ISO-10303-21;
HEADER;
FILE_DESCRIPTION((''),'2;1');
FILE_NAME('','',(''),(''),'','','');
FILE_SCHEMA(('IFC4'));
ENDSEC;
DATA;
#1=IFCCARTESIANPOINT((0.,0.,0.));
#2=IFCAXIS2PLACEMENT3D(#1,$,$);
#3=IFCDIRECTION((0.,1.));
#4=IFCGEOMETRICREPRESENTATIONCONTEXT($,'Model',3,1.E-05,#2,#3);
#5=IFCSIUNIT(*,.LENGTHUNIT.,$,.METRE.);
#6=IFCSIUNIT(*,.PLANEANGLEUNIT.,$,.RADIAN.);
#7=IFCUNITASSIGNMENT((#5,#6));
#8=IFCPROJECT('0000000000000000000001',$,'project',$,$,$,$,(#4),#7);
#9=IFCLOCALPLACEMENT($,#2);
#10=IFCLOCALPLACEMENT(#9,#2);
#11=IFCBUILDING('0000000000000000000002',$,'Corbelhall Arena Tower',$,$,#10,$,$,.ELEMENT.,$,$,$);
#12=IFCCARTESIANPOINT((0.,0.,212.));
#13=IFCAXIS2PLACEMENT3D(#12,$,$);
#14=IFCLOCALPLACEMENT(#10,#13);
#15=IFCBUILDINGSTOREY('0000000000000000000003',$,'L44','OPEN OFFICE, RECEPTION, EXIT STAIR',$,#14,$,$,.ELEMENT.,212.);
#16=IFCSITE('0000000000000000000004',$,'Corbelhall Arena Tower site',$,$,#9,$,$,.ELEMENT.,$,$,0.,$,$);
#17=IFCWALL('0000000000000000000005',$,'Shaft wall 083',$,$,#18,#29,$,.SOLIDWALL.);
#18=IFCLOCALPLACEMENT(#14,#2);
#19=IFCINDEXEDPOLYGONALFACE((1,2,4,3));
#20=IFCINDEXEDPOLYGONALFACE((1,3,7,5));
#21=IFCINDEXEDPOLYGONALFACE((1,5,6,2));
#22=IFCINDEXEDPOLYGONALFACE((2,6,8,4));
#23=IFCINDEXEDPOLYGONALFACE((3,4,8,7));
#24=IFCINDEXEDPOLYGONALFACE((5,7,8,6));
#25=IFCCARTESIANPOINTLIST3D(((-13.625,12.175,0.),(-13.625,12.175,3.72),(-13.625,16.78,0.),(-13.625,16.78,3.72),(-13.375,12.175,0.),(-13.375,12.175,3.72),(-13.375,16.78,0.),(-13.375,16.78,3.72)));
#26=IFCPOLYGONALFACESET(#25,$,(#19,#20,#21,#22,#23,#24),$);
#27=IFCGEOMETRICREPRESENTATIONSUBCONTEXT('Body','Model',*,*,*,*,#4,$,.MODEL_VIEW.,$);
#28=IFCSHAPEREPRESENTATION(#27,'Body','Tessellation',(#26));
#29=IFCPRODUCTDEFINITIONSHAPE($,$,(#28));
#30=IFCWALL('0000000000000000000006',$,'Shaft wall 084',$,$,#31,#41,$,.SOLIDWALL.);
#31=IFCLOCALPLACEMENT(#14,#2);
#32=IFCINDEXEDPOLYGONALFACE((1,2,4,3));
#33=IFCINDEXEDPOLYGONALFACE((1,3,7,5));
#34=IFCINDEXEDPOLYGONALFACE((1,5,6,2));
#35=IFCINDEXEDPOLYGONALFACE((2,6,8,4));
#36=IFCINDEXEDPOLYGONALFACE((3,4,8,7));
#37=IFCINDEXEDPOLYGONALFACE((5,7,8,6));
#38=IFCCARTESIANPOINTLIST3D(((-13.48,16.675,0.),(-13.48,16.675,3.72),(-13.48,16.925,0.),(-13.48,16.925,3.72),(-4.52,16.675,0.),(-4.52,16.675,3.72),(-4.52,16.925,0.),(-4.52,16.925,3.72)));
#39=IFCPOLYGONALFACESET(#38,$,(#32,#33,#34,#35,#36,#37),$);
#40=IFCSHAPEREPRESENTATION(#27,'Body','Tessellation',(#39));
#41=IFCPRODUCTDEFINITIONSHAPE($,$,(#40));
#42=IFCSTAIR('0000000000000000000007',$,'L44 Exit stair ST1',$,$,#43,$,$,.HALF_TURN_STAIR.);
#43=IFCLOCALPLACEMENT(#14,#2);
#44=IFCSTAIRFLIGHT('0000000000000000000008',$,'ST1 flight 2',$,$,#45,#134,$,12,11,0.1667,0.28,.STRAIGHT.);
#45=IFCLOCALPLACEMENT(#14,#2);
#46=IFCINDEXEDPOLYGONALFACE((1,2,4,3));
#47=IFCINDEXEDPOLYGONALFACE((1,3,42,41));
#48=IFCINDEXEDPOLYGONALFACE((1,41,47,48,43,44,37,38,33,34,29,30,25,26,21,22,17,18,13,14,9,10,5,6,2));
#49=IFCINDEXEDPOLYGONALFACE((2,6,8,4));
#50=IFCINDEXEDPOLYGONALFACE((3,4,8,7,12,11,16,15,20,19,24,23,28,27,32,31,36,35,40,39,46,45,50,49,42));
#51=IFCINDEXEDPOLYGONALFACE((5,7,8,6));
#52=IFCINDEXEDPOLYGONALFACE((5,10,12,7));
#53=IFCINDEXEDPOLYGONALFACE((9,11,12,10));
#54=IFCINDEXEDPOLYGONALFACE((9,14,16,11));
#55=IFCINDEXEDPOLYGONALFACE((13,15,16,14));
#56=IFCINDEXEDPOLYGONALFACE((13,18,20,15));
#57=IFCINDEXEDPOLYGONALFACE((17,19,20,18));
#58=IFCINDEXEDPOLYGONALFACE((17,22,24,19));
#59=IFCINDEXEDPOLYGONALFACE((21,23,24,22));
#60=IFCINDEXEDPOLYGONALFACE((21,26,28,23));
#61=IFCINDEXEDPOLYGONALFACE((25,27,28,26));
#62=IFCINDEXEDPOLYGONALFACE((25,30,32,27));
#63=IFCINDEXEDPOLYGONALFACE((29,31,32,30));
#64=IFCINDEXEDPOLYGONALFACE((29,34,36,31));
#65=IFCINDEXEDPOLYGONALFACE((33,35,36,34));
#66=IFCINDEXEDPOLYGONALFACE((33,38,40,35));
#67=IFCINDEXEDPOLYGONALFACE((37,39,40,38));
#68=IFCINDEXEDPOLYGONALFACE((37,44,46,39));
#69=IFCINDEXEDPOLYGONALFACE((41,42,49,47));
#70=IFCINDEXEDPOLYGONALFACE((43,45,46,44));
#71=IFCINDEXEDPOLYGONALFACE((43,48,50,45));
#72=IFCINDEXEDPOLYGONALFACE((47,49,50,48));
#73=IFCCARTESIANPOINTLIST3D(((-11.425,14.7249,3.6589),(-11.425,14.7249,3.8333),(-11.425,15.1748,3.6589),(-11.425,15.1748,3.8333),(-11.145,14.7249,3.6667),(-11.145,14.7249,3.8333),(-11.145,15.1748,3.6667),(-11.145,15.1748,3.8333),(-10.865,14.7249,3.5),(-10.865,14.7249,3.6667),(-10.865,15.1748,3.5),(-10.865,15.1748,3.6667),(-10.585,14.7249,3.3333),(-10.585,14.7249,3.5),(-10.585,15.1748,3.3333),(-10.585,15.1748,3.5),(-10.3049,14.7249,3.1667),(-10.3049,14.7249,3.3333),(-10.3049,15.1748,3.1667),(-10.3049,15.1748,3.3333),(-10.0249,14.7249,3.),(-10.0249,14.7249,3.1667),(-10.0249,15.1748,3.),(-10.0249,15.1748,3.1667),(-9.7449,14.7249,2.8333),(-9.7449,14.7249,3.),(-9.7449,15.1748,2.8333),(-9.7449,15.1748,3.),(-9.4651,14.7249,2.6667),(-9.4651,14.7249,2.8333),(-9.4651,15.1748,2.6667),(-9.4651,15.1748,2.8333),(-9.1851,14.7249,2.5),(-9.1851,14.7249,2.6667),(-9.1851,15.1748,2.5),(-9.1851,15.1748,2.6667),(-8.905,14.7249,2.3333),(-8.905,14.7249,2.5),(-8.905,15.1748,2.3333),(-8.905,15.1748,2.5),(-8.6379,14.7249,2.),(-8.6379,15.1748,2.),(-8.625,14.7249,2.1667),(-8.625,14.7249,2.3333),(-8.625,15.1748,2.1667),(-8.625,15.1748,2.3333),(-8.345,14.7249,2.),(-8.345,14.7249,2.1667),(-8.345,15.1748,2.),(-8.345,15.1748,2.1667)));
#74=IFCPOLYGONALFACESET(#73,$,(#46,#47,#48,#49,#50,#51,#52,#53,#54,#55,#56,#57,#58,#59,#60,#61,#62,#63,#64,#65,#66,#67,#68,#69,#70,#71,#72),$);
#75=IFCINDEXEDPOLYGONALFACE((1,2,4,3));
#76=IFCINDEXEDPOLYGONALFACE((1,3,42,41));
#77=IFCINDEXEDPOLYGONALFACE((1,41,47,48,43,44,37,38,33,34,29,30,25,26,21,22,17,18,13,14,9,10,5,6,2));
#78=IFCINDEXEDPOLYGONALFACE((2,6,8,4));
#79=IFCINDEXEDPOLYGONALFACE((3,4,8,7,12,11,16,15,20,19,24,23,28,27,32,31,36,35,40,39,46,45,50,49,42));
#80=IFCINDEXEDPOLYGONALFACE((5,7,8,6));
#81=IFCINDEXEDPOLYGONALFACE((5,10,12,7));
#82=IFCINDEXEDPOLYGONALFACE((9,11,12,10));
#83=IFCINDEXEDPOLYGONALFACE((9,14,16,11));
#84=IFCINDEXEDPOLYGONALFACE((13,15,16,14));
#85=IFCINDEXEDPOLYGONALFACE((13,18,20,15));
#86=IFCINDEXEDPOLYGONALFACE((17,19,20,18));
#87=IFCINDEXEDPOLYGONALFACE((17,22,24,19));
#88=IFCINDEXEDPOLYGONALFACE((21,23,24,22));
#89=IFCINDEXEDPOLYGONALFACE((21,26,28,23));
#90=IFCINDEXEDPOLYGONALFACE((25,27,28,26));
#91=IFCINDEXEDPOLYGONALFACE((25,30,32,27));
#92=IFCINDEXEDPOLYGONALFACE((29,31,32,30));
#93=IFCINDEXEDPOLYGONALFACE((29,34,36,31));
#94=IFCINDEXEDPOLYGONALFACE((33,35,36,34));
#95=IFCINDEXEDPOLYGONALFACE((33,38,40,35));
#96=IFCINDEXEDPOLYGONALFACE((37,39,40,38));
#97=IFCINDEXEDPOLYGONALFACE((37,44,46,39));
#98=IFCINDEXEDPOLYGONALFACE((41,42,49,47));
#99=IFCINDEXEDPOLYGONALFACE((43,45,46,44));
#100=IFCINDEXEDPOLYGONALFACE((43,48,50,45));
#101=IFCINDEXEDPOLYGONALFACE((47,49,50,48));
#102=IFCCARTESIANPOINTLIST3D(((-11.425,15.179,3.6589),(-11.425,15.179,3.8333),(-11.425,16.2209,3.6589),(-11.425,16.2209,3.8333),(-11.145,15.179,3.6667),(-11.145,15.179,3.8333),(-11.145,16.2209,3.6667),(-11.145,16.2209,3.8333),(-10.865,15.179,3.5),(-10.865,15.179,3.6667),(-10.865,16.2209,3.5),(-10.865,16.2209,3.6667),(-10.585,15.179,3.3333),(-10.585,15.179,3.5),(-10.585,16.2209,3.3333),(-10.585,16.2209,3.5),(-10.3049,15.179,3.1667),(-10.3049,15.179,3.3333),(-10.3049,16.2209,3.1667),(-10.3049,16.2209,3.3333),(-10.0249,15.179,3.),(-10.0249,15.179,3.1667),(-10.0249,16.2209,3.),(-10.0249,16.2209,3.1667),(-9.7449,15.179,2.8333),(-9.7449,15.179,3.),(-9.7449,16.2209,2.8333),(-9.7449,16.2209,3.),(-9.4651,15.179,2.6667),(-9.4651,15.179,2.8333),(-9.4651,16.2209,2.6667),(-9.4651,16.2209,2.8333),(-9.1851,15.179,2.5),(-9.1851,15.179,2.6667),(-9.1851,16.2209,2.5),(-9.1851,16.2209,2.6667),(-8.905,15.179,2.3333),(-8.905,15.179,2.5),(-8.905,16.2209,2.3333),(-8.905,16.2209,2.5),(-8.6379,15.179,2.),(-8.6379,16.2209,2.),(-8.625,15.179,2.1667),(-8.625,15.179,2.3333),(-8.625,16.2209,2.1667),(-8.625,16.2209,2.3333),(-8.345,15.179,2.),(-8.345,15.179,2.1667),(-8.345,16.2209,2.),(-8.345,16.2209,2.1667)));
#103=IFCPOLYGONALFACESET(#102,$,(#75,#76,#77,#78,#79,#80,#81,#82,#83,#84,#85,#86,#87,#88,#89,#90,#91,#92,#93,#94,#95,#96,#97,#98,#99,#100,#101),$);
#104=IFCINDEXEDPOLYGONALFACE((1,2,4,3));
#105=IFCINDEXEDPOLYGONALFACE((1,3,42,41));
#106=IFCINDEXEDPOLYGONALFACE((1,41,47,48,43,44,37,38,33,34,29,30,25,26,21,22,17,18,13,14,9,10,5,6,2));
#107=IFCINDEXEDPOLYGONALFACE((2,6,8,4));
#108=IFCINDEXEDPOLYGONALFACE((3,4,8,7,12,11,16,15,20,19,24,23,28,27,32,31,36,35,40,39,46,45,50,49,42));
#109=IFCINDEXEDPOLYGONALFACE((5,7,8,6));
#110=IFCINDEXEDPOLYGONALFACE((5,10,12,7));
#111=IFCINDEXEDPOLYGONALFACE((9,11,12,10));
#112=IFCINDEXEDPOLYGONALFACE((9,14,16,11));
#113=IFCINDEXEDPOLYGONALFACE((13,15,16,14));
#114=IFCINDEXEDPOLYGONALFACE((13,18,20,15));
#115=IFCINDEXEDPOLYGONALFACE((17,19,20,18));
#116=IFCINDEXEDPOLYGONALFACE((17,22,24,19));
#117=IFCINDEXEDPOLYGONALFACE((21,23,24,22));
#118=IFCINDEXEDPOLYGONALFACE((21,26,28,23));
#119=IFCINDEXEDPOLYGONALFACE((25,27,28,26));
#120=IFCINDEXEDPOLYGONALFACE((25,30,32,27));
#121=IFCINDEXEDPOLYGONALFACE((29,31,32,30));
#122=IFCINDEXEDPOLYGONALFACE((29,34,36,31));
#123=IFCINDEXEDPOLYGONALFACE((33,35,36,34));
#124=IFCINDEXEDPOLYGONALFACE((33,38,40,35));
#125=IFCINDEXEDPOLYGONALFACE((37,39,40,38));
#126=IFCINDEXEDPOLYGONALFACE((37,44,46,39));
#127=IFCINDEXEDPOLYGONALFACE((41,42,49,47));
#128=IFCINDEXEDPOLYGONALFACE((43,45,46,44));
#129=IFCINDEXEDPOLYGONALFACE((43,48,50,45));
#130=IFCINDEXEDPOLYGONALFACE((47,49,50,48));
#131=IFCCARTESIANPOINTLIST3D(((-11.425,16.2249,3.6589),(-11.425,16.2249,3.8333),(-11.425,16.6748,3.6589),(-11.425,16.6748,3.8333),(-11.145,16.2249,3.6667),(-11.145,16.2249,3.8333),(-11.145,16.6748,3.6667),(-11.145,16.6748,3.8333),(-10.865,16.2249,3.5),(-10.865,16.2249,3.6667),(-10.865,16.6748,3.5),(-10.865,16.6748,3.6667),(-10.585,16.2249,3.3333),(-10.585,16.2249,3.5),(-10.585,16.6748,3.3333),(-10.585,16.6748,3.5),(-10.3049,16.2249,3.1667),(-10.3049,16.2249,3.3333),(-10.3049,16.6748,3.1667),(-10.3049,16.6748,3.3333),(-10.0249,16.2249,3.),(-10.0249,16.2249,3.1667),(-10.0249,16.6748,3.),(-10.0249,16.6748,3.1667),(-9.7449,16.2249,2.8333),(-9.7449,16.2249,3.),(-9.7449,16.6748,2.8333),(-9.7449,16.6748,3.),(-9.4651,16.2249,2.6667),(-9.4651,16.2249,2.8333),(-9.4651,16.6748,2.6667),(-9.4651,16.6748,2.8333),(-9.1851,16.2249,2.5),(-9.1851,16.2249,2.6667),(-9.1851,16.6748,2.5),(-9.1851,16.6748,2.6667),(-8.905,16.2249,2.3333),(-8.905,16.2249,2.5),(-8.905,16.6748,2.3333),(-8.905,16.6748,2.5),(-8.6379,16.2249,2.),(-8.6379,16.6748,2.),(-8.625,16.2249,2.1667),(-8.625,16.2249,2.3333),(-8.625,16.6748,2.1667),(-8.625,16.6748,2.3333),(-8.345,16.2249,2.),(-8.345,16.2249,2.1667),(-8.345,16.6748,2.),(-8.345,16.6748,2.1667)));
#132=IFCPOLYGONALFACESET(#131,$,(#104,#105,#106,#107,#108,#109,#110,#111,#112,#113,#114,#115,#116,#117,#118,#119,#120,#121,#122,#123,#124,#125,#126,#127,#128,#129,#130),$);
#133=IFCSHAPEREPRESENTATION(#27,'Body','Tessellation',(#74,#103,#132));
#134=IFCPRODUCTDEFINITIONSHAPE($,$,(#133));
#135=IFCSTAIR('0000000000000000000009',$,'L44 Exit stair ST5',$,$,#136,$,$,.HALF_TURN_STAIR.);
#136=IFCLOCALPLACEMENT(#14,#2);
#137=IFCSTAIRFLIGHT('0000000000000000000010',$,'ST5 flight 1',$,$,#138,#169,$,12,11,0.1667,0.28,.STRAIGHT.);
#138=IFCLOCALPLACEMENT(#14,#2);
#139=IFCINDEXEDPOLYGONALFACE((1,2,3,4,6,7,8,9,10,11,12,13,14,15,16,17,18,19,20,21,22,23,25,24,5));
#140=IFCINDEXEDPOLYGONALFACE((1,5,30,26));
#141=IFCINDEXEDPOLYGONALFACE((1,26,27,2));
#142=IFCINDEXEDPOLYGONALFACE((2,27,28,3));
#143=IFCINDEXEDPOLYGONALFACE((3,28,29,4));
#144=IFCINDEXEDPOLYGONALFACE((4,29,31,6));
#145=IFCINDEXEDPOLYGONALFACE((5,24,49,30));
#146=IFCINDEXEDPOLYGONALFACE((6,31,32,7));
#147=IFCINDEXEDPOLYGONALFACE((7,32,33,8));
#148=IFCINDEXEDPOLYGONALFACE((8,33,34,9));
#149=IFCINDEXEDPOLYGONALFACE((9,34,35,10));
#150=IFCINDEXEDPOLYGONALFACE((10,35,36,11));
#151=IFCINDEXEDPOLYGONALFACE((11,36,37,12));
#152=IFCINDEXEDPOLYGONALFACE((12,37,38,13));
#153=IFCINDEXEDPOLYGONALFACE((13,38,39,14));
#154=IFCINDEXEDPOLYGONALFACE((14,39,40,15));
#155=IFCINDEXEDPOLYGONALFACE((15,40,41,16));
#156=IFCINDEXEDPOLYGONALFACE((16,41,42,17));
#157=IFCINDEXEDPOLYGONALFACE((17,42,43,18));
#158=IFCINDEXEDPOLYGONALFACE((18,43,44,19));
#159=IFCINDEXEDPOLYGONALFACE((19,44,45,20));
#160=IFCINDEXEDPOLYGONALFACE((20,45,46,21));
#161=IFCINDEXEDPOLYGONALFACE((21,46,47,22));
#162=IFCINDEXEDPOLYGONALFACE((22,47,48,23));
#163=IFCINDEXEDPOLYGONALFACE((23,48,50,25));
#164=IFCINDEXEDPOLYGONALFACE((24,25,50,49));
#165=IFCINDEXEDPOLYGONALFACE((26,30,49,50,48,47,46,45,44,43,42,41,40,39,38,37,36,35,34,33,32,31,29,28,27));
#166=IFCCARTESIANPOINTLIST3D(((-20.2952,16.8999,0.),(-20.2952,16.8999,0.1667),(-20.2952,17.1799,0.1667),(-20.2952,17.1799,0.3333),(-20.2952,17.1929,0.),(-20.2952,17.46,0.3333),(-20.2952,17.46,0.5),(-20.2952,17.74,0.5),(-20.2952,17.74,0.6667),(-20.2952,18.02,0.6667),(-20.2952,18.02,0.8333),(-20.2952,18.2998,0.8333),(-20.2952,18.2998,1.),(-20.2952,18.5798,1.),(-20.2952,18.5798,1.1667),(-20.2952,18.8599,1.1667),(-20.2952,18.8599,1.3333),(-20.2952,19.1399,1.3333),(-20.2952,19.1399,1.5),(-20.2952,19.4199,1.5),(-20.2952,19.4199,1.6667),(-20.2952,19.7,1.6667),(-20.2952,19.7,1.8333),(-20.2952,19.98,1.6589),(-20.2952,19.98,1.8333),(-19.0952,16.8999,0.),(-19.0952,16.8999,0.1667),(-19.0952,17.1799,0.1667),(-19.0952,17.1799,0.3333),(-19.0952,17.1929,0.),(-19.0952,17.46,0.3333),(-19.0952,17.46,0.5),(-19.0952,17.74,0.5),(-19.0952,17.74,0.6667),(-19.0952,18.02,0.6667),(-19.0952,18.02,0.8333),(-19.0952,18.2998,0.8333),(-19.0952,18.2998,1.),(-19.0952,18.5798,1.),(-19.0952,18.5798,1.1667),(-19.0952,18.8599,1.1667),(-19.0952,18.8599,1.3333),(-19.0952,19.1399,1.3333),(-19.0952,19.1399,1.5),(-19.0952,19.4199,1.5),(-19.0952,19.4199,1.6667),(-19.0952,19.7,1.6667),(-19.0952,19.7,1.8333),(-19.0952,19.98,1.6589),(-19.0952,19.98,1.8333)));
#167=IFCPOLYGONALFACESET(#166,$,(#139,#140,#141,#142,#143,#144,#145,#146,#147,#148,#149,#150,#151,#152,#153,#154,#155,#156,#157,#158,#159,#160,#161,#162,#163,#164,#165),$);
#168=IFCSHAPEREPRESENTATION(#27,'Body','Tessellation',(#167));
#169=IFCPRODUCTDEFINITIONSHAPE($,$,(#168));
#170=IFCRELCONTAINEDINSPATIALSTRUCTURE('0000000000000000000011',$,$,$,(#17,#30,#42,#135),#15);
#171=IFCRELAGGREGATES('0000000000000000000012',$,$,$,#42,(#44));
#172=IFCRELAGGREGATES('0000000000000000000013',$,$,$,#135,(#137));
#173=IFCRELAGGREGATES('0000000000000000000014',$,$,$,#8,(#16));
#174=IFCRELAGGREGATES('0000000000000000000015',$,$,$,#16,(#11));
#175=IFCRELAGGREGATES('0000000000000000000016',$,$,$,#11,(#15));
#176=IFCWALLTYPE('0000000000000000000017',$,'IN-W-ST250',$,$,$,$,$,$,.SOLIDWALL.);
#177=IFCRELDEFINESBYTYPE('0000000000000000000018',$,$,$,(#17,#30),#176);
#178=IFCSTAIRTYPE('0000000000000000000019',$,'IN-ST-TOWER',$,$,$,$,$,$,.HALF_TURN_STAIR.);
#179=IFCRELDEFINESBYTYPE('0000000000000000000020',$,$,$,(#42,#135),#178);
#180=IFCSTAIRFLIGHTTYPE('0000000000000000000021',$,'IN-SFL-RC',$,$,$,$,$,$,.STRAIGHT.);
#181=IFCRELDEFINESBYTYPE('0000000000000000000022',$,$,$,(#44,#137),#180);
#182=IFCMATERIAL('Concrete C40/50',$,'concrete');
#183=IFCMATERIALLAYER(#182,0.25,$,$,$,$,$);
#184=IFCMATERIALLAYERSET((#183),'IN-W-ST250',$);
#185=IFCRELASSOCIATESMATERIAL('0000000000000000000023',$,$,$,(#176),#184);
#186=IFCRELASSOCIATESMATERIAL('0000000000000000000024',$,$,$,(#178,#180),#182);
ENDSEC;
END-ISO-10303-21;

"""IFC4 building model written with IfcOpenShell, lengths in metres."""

from ifc_helpers import new_model, si_unit, direction, frame, frame_2d, origin, place, context, subcontext, project, spatial, polyline, rectangle, outline, extrude, material, layer, layer_set, type_object, element, aggregate, save


model = new_model("IFC4")

# Units and contexts
model_context = context("Model", 3, precision=1e-05, world=origin(), true_north=direction((0.0, 1.0)))
body_context = subcontext(model_context, "Body", "Model", "MODEL_VIEW")
ifc_project = project(units=[si_unit("LENGTHUNIT", "METRE"), si_unit("PLANEANGLEUNIT", "RADIAN")], contexts=[model_context])

# Site, building, storey
site_placement = place(None, origin())
site = spatial("IfcSite", under=ifc_project, at=site_placement, Name="Corbelhall Arena Tower site", CompositionType="ELEMENT", RefElevation=0.0)
building_placement = place(site_placement, origin())
building = spatial("IfcBuilding", under=site, at=building_placement, Name="Corbelhall Arena Tower", CompositionType="ELEMENT")
storey_placement = place(building_placement, frame((0.0, 0.0, 212.0)))
storey = spatial("IfcBuildingStorey", under=building, at=storey_placement, Name="L44", Description="OPEN OFFICE, RECEPTION, EXIT STAIR", CompositionType="ELEMENT", Elevation=212.0)

# Shared definitions
ifc_material_1 = material(Name="Concrete C40/50", Category="concrete")

# Walls
ifc_layer_1 = layer(ifc_material_1, 0.25)
ifc_layer_set_1 = layer_set([ifc_layer_1], Name="IN-W-ST250")
wall_type_1 = type_object("IfcWallType", Name="IN-W-ST250", PredefinedType="SOLIDWALL", material=ifc_layer_set_1)
wall_1_placement = place(storey_placement, frame((-13.5, 16.78, 0.0), z_axis=(0.0, 0.0, 1.0), x_axis=(0.0, -1.0, 0.0)))
element("IfcWall", 1, at=wall_1_placement, inside=storey, type_object=wall_type_1, Name="Shaft wall 083", PredefinedType="SOLIDWALL", context=body_context, shape_type="SweptSolid", body=[
    extrude(rectangle(XDim=4.605, YDim=0.25, at=frame_2d((2.3025, 0.0))), origin(), (0.0, 0.0, 1.0), 3.72),
])
wall_2_placement = place(storey_placement, frame((-13.48, 16.8, 0.0), z_axis=(0.0, 0.0, 1.0), x_axis=(1.0, 0.0, 0.0)))
element("IfcWall", 2, at=wall_2_placement, inside=storey, type_object=wall_type_1, Name="Shaft wall 084", PredefinedType="SOLIDWALL", context=body_context, shape_type="SweptSolid", body=[
    extrude(rectangle(XDim=8.96, YDim=0.25, at=frame_2d((4.48, 0.0))), origin(), (0.0, 0.0, 1.0), 3.72),
])

# Stair, stair flight
stair_type = type_object("IfcStairType", Name="IN-ST-TOWER", PredefinedType="HALF_TURN_STAIR", material=ifc_material_1)
stair_1_placement = place(storey_placement, origin())
stair_1 = element("IfcStair", 3, at=stair_1_placement, inside=storey, type_object=stair_type, Name="L44 Exit stair ST1", PredefinedType="HALF_TURN_STAIR")
stair_flight_type = type_object("IfcStairFlightType", Name="IN-SFL-RC", PredefinedType="STRAIGHT", material=ifc_material_1)
stair_flight_1_placement = place(storey_placement, frame((-8.345, 15.7, 2.0), z_axis=(0.0, 0.0, 1.0), x_axis=(-1.0, 0.0, 0.0)))
stair_flight_1 = element("IfcStairFlight", 4, at=stair_flight_1_placement, type_object=stair_flight_type, Name="ST1 flight 2", NumberOfRisers=12, NumberOfTreads=11, PredefinedType="STRAIGHT", RiserHeight=0.1667, TreadLength=0.28, context=body_context, shape_type="SweptSolid", body=[
    extrude(outline(polyline([(0.0, 0.0), (0.0, 0.1667), (0.28, 0.1667), (0.28, 0.3333), (0.5601, 0.3333), (0.5601, 0.5), (0.8401, 0.5), (0.8401, 0.6667), (1.1201, 0.6667), (1.1201, 0.8333), (1.3999, 0.8333), (1.3999, 1.0), (1.6799, 1.0), (1.6799, 1.1667), (1.96, 1.1667), (1.96, 1.3333), (2.24, 1.3333), (2.24, 1.5), (2.52, 1.5), (2.52, 1.6667), (2.8, 1.6667), (2.8, 1.8333), (3.0801, 1.8333), (3.0801, 2.0), (3.0801, 1.6589), (0.293, 0.0), (0.0, 0.0)])), frame((0.0, 0.9751, 0.0), z_axis=(0.0, -1.0, 0.0), x_axis=(1.0, 0.0, 0.0)), (0.0, 0.0, 1.0), 0.45),
    extrude(outline(polyline([(0.0, 0.0), (0.0, 0.1667), (0.28, 0.1667), (0.28, 0.3333), (0.5601, 0.3333), (0.5601, 0.5), (0.8401, 0.5), (0.8401, 0.6667), (1.1201, 0.6667), (1.1201, 0.8333), (1.3999, 0.8333), (1.3999, 1.0), (1.6799, 1.0), (1.6799, 1.1667), (1.96, 1.1667), (1.96, 1.3333), (2.24, 1.3333), (2.24, 1.5), (2.52, 1.5), (2.52, 1.6667), (2.8, 1.6667), (2.8, 1.8333), (3.0801, 1.8333), (3.0801, 2.0), (3.0801, 1.6589), (0.293, 0.0), (0.0, 0.0)])), frame((0.0, 0.521, 0.0), z_axis=(0.0, -1.0, 0.0), x_axis=(1.0, 0.0, 0.0)), (0.0, 0.0, 1.0), 1.042),
    extrude(outline(polyline([(0.0, 0.0), (0.0, 0.1667), (0.28, 0.1667), (0.28, 0.3333), (0.5601, 0.3333), (0.5601, 0.5), (0.8401, 0.5), (0.8401, 0.6667), (1.1201, 0.6667), (1.1201, 0.8333), (1.3999, 0.8333), (1.3999, 1.0), (1.6799, 1.0), (1.6799, 1.1667), (1.96, 1.1667), (1.96, 1.3333), (2.24, 1.3333), (2.24, 1.5), (2.52, 1.5), (2.52, 1.6667), (2.8, 1.6667), (2.8, 1.8333), (3.0801, 1.8333), (3.0801, 2.0), (3.0801, 1.6589), (0.293, 0.0), (0.0, 0.0)])), frame((0.0, -0.5249, 0.0), z_axis=(0.0, -1.0, 0.0), x_axis=(1.0, 0.0, 0.0)), (0.0, 0.0, 1.0), 0.45),
])
aggregate(stair_1, [stair_flight_1])

# Stair, stair flight
stair_2_placement = place(storey_placement, origin())
stair_2 = element("IfcStair", 5, at=stair_2_placement, inside=storey, type_object=stair_type, Name="L44 Exit stair ST5", PredefinedType="HALF_TURN_STAIR")
stair_flight_2_placement = place(storey_placement, frame((-19.6951, 16.8999, 0.0), z_axis=(0.0, 0.0, 1.0), x_axis=(0.0, 1.0, 0.0)))
stair_flight_2 = element("IfcStairFlight", 6, at=stair_flight_2_placement, type_object=stair_flight_type, Name="ST5 flight 1", NumberOfRisers=12, NumberOfTreads=11, PredefinedType="STRAIGHT", RiserHeight=0.1667, TreadLength=0.28, context=body_context, shape_type="SweptSolid", body=[
    extrude(outline(polyline([(0.0, 0.0), (0.0, 0.1667), (0.28, 0.1667), (0.28, 0.3333), (0.5601, 0.3333), (0.5601, 0.5), (0.8401, 0.5), (0.8401, 0.6667), (1.1201, 0.6667), (1.1201, 0.8333), (1.3999, 0.8333), (1.3999, 1.0), (1.6799, 1.0), (1.6799, 1.1667), (1.96, 1.1667), (1.96, 1.3333), (2.24, 1.3333), (2.24, 1.5), (2.52, 1.5), (2.52, 1.6667), (2.8, 1.6667), (2.8, 1.8333), (3.0801, 1.8333), (3.0801, 2.0), (3.0801, 1.6589), (0.293, 0.0), (0.0, 0.0)])), frame((0.0, 0.6001, 0.0), z_axis=(0.0, -1.0, 0.0), x_axis=(1.0, 0.0, 0.0)), (0.0, 0.0, 1.0), 1.2),
])
aggregate(stair_2, [stair_flight_2])

save(model, "model.ifc")
